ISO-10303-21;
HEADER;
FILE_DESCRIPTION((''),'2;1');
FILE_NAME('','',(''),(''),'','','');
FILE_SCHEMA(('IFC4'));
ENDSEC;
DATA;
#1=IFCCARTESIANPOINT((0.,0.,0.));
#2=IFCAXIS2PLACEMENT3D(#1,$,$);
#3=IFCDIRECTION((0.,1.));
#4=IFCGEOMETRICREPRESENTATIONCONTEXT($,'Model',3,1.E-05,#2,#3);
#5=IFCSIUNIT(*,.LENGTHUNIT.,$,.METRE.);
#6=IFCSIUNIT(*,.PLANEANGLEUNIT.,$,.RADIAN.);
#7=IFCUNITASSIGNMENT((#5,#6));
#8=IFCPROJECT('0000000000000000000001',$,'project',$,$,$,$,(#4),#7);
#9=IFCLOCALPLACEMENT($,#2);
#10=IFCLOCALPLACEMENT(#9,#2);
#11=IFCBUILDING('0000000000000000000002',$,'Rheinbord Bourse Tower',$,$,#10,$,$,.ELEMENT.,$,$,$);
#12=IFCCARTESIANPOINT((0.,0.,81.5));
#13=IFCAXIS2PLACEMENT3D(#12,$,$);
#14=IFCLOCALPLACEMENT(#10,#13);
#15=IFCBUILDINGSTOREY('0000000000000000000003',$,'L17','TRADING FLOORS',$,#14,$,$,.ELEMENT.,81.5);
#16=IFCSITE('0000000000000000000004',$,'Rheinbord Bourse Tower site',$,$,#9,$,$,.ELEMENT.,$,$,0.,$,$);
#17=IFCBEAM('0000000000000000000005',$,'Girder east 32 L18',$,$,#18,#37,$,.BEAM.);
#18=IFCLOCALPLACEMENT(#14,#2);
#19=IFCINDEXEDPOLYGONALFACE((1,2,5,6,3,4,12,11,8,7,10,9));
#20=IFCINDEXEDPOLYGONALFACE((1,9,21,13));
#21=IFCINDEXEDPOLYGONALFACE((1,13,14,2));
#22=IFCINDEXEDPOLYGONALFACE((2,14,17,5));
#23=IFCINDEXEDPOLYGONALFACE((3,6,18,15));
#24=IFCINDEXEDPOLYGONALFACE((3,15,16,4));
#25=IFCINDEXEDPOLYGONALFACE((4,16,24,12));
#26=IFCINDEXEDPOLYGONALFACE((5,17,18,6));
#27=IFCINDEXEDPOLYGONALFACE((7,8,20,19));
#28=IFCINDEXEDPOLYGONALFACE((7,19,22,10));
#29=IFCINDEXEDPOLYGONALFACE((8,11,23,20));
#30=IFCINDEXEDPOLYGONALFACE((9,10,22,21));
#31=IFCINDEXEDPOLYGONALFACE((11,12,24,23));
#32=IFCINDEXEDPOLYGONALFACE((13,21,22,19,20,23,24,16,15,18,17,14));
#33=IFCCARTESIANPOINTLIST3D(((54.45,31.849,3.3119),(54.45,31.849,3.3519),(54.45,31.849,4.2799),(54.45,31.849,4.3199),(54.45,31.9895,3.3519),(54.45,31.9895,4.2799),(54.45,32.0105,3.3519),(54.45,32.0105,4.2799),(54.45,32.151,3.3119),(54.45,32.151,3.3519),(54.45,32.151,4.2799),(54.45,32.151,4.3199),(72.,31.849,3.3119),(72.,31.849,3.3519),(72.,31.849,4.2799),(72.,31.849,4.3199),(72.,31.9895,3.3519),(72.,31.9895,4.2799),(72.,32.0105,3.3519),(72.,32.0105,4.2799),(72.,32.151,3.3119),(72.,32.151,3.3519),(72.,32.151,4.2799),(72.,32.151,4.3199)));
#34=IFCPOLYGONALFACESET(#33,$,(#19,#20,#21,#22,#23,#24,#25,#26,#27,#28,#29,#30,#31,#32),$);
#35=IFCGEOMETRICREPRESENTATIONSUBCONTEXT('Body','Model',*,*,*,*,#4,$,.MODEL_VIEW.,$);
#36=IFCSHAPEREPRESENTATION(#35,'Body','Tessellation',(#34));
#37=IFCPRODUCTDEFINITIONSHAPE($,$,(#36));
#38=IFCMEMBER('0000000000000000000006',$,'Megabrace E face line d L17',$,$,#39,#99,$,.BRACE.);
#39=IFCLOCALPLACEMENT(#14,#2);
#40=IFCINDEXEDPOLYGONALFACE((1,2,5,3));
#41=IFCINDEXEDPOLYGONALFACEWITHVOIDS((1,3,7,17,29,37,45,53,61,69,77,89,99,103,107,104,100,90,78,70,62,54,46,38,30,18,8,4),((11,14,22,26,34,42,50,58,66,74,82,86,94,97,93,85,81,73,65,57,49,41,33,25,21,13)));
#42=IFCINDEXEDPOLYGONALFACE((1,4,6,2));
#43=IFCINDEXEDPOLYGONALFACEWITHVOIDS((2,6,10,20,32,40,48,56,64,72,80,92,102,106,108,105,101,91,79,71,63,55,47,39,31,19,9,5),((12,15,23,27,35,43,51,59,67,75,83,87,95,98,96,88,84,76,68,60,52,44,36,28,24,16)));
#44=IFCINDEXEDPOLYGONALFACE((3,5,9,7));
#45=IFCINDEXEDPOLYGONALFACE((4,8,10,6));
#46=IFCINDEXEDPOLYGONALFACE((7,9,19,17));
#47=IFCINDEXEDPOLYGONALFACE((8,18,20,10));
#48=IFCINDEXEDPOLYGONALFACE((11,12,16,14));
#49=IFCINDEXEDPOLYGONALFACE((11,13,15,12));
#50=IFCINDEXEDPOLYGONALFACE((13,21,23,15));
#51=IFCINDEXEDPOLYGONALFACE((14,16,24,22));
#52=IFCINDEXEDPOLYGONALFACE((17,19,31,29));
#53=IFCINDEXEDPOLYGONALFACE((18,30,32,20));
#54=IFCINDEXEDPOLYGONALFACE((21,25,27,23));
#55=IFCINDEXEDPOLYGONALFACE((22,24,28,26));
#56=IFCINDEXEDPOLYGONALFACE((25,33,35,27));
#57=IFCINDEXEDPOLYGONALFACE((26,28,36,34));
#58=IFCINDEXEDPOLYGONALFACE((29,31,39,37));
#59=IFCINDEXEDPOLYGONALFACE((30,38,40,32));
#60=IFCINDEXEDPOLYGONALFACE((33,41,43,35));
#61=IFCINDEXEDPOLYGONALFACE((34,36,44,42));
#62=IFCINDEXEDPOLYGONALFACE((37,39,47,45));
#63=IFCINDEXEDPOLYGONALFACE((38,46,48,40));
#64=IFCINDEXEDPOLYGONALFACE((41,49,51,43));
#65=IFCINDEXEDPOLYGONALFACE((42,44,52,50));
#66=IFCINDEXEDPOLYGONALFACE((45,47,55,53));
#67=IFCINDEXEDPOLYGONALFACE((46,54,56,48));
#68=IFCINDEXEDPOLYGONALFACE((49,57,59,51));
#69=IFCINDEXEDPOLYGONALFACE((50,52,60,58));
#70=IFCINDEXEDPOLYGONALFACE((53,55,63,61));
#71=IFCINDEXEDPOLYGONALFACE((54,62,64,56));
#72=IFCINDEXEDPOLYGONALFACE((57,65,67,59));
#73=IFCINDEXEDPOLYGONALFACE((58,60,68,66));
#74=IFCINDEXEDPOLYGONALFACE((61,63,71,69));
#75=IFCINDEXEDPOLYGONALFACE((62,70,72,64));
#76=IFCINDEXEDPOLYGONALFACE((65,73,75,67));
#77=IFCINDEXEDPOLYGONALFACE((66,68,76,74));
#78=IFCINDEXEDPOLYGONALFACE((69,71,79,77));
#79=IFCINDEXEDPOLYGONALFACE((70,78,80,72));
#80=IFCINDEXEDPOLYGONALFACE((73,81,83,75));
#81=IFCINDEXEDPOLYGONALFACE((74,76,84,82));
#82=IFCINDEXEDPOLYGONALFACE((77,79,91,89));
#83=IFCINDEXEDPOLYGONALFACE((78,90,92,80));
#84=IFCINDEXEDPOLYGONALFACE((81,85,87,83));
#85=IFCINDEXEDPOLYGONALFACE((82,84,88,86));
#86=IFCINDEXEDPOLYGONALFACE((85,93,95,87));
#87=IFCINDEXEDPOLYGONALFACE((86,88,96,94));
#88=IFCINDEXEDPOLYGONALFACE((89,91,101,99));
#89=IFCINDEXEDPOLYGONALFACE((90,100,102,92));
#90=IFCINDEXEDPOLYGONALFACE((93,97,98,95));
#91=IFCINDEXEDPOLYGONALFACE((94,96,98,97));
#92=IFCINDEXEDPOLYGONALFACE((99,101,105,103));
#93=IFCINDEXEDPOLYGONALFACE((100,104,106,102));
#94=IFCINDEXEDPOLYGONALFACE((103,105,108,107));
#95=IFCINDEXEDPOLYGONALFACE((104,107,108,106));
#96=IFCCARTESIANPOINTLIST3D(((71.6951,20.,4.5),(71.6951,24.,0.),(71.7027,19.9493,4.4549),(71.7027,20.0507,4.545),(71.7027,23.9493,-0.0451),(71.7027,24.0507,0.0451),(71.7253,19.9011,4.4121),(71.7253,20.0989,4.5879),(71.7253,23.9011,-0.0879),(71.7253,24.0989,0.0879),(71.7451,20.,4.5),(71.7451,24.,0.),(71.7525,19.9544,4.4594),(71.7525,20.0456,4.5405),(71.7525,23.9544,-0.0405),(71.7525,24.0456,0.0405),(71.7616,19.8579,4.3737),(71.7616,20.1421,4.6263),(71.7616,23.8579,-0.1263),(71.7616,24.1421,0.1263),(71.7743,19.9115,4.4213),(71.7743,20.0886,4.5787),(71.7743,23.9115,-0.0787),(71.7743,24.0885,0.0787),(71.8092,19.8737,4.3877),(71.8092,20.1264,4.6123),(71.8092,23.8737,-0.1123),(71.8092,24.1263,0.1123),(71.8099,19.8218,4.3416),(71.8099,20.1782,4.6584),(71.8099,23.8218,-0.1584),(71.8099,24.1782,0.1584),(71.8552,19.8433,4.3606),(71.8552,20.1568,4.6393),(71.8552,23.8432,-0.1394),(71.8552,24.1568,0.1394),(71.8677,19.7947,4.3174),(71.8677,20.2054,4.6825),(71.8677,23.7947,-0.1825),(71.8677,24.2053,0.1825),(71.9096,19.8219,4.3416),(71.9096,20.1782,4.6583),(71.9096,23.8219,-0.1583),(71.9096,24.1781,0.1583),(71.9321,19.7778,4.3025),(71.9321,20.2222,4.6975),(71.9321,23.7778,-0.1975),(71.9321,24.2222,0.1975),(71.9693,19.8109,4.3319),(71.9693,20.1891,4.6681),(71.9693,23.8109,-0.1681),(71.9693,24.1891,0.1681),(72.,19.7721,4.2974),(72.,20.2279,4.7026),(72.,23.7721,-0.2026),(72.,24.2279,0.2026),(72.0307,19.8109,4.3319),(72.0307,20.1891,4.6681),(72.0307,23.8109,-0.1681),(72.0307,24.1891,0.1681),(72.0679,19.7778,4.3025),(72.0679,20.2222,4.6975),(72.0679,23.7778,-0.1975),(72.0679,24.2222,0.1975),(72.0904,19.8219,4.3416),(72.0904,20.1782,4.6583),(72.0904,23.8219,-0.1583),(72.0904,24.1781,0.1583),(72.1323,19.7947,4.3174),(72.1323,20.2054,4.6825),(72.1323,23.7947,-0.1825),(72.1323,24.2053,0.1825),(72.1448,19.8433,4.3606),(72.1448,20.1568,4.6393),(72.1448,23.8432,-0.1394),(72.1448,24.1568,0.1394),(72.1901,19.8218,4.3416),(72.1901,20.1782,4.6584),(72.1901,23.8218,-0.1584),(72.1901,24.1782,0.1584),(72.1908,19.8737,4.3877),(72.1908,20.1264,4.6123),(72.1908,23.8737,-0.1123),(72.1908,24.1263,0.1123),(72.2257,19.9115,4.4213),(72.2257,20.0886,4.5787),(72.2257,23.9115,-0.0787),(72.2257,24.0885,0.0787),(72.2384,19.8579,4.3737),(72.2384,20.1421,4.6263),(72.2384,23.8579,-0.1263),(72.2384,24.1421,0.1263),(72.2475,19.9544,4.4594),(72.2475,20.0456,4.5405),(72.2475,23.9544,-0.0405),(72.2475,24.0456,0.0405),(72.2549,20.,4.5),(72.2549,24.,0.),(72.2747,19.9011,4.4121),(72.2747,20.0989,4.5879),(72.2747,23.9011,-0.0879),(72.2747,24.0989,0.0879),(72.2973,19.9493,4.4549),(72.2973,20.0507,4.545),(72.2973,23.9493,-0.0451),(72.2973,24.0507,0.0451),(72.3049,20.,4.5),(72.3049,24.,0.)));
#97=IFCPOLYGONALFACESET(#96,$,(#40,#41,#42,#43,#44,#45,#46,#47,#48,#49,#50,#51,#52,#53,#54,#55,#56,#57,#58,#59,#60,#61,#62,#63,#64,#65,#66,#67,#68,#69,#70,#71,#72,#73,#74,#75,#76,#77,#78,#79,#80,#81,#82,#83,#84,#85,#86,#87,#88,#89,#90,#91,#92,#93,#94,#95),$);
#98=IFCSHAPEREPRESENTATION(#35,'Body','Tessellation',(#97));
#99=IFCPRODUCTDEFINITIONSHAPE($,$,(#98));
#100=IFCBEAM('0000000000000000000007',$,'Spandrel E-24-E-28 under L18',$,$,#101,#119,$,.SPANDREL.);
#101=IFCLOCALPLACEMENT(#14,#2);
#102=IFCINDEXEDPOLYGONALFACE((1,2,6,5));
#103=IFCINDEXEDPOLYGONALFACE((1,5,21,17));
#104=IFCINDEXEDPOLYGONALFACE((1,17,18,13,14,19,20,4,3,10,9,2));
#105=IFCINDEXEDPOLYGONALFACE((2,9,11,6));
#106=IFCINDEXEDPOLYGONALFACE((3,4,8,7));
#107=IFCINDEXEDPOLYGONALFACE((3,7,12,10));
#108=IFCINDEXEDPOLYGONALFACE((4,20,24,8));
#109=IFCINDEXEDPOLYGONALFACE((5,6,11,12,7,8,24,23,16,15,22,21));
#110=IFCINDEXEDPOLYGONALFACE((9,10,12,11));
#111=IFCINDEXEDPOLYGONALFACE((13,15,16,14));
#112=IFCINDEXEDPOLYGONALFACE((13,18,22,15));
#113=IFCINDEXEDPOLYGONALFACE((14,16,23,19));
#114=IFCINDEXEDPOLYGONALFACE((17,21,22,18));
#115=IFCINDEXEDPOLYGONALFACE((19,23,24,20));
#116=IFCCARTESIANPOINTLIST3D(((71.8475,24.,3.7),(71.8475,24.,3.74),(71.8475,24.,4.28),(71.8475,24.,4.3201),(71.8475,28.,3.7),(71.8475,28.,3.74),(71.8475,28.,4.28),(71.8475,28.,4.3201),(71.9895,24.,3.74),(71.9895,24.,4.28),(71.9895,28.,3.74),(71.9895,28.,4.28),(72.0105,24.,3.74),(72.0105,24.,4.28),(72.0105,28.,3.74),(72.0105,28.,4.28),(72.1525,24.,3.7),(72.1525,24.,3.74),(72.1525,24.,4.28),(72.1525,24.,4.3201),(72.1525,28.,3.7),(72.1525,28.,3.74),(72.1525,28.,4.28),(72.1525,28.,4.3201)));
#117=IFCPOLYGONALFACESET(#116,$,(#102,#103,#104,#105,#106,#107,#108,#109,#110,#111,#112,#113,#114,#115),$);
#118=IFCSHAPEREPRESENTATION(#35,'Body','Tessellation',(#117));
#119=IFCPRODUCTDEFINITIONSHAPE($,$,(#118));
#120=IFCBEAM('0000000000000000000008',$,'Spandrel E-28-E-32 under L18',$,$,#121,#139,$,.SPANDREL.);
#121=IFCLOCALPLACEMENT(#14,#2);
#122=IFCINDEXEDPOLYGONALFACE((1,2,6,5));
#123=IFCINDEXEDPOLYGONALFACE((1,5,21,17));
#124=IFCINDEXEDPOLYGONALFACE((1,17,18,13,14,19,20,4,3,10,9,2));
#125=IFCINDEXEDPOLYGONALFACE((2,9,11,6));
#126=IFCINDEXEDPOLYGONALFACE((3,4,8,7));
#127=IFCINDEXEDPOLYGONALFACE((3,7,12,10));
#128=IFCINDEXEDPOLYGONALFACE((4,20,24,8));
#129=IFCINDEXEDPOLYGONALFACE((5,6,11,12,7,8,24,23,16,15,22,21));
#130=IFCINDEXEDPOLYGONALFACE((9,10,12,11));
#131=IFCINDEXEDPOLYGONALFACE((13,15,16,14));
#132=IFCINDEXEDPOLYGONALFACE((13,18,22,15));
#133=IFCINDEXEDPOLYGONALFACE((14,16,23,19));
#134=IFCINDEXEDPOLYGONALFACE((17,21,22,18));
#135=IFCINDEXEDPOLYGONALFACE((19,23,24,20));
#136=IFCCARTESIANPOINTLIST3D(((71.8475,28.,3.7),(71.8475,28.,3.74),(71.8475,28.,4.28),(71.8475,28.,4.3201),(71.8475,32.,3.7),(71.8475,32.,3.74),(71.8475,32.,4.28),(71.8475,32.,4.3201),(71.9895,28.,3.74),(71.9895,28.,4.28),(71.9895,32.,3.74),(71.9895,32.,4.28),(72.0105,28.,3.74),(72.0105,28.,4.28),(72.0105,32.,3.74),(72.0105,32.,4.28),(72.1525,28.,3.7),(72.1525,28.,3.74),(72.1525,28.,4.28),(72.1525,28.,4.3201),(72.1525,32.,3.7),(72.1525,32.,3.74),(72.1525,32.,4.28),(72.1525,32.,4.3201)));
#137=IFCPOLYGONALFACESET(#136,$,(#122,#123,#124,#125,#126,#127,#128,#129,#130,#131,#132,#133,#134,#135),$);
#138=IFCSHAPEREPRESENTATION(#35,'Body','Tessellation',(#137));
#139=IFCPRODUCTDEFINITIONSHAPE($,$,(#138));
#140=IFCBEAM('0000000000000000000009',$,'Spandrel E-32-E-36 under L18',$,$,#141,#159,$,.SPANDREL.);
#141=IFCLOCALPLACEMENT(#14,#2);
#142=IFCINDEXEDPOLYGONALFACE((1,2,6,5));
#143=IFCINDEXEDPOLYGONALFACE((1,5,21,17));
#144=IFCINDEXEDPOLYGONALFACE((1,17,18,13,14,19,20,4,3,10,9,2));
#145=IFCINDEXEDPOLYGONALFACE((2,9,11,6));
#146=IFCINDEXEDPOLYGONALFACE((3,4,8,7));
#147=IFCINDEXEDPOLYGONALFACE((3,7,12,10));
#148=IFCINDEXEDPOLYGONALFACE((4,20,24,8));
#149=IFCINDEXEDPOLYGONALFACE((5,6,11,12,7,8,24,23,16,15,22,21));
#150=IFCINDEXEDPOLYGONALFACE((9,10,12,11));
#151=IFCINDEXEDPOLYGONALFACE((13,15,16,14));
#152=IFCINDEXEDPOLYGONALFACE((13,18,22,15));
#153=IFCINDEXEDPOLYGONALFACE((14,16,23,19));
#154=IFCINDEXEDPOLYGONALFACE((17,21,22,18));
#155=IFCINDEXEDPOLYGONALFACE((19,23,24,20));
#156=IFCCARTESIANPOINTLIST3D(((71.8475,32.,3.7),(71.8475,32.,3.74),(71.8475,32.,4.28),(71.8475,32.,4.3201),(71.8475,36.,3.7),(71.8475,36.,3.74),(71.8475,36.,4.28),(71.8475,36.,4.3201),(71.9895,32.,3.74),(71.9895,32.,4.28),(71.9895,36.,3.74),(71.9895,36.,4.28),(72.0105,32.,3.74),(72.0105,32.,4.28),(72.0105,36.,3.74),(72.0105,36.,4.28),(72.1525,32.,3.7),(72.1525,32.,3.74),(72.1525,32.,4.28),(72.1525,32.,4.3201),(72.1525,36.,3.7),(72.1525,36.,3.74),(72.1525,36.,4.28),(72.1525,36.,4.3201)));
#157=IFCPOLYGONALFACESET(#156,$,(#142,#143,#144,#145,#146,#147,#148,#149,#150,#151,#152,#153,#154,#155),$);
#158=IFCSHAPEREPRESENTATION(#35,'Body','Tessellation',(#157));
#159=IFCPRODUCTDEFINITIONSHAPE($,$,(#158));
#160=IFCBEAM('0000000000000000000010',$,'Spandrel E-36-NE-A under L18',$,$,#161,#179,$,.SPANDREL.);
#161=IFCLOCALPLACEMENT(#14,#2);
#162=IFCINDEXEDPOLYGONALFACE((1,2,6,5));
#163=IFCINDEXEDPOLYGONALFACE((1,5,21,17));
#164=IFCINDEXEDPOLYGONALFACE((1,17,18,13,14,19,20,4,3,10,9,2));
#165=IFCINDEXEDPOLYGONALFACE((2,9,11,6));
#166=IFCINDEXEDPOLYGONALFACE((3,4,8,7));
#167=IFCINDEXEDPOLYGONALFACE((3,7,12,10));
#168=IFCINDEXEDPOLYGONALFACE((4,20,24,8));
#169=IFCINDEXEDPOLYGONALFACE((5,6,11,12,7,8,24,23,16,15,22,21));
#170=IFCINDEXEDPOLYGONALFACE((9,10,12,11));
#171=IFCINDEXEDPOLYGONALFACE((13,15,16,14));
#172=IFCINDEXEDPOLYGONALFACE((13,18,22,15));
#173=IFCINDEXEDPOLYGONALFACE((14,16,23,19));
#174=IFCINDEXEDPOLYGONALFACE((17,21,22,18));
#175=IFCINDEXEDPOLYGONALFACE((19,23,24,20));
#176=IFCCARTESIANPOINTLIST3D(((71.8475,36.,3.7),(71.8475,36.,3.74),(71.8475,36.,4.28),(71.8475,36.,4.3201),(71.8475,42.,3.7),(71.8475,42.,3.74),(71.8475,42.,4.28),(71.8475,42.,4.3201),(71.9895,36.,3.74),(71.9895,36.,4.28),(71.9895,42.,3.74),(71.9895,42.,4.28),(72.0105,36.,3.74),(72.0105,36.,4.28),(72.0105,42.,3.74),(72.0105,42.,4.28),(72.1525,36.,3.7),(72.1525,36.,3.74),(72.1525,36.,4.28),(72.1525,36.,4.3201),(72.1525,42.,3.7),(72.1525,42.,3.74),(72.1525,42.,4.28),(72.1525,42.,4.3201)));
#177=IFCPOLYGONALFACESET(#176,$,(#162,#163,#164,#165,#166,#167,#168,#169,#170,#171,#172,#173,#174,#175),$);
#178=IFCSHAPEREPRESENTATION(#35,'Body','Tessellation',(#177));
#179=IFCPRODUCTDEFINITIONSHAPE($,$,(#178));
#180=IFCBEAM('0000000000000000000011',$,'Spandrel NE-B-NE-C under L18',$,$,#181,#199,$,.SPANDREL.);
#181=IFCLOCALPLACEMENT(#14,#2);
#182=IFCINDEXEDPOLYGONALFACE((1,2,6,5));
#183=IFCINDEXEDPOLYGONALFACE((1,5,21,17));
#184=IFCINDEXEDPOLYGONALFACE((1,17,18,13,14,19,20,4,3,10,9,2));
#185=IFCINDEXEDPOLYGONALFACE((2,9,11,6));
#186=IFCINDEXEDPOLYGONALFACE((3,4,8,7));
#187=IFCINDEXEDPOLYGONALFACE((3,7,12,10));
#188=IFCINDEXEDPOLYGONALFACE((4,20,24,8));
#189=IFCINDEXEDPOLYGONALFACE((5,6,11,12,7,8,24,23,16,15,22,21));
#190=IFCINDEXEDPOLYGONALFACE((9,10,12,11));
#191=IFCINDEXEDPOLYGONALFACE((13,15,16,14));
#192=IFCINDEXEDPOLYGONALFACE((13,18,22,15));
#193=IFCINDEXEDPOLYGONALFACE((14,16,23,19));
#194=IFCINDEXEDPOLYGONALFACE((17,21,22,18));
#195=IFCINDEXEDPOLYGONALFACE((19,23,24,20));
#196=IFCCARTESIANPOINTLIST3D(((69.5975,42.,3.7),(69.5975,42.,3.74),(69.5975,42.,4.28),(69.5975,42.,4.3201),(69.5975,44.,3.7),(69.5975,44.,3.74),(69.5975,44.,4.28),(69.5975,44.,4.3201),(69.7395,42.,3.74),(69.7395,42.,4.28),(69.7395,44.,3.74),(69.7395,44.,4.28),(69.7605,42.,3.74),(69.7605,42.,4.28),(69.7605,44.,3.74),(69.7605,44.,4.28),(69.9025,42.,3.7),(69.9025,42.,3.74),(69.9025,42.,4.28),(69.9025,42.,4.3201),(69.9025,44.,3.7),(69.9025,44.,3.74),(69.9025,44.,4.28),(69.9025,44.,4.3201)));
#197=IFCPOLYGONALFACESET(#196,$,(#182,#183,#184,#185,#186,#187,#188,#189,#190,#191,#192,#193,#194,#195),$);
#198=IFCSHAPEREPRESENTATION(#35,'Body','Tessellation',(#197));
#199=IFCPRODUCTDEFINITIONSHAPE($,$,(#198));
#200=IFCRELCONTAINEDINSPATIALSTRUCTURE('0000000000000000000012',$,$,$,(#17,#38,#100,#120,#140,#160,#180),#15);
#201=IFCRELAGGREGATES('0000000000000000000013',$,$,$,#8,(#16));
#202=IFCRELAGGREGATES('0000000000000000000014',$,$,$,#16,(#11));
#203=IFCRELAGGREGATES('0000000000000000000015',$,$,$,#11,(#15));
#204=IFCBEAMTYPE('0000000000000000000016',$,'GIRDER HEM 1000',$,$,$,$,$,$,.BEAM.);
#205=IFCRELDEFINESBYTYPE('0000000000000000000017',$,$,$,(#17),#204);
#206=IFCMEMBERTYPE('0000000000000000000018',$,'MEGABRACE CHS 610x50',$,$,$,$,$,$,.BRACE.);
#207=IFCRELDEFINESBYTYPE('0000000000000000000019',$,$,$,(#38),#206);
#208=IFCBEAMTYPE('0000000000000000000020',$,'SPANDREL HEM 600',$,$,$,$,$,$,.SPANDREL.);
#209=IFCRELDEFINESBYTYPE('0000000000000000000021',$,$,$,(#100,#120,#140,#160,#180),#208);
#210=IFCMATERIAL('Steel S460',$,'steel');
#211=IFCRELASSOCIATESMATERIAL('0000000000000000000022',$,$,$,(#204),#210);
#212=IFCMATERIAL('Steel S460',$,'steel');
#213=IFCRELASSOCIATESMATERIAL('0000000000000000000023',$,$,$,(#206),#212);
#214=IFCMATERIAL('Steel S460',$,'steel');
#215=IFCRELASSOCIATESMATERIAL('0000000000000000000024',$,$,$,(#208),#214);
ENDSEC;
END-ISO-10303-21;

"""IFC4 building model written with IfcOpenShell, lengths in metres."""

from ifc_helpers import new_model, si_unit, direction, frame, origin, origin_2d, place, context, subcontext, project, spatial, hollow_circle, i_section, extrude, material, material_profile, profile_set, type_object, element, save


model = new_model("IFC4")

# Units and contexts
model_context = context("Model", 3, precision=1e-05, world=origin(), true_north=direction((0.0, 1.0)))
body_context = subcontext(model_context, "Body", "Model", "MODEL_VIEW")
ifc_project = project(units=[si_unit("LENGTHUNIT", "METRE"), si_unit("PLANEANGLEUNIT", "RADIAN")], contexts=[model_context])

# Site, building, storey
site_placement = place(None, origin())
site = spatial("IfcSite", under=ifc_project, at=site_placement, Name="Rheinbord Bourse Tower site", CompositionType="ELEMENT", RefElevation=0.0)
building_placement = place(site_placement, origin())
building = spatial("IfcBuilding", under=site, at=building_placement, Name="Rheinbord Bourse Tower", CompositionType="ELEMENT")
storey_placement = place(building_placement, frame((0.0, 0.0, 81.5)))
storey = spatial("IfcBuildingStorey", under=building, at=storey_placement, Name="L17", Description="TRADING FLOORS", CompositionType="ELEMENT", Elevation=81.5)

# Beam
ifc_material_1 = material(Name="Steel S460", Category="steel")
ifc_material_profile_1 = material_profile(ifc_material_1, i_section(OverallWidth=0.302, OverallDepth=1.0081, WebThickness=0.021, FlangeThickness=0.04, at=origin_2d()), Name="HEM 1000")
ifc_profile_set_1 = profile_set([ifc_material_profile_1], Name="Steel S460")
beam_type_1 = type_object("IfcBeamType", Name="GIRDER HEM 1000", PredefinedType="BEAM", material=ifc_profile_set_1)
beam_1_placement = place(storey_placement, frame((54.45, 32.0, 3.8159), z_axis=(1.0, 0.0, 0.0), x_axis=(0.0, 1.0, 0.0)))
element("IfcBeam", 1, at=beam_1_placement, inside=storey, type_object=beam_type_1, Name="Girder east 32 L18", PredefinedType="BEAM", context=body_context, shape_type="SweptSolid", body=[
    extrude(i_section(OverallWidth=0.302, OverallDepth=1.0081, WebThickness=0.021, FlangeThickness=0.04, at=origin_2d()), origin(), (0.0, 0.0, 1.0), 17.55),
])

# Member
ifc_material_2 = material(Name="Steel S460", Category="steel")
ifc_material_profile_2 = material_profile(ifc_material_2, hollow_circle(Radius=0.3049, WallThickness=0.05, at=origin_2d()), Name="CHS 610x50")
ifc_profile_set_2 = profile_set([ifc_material_profile_2], Name="Steel S460")
member_type_1 = type_object("IfcMemberType", Name="MEGABRACE CHS 610x50", PredefinedType="BRACE", material=ifc_profile_set_2)
member_1_placement = place(storey_placement, frame((72.0, 24.0, 0.0), z_axis=(0.0, -0.664364, 0.747409), x_axis=(1.0, 0.0, 0.0)))
element("IfcMember", 2, at=member_1_placement, inside=storey, type_object=member_type_1, Name="Megabrace E face line d L17", PredefinedType="BRACE", context=body_context, shape_type="SweptSolid", body=[
    extrude(hollow_circle(Radius=0.3049, WallThickness=0.05, at=origin_2d()), origin(), (0.0, 0.0, 1.0), 6.0208),
])

# Beams
ifc_material_3 = material(Name="Steel S460", Category="steel")
ifc_material_profile_3 = material_profile(ifc_material_3, i_section(OverallWidth=0.3049, OverallDepth=0.6201, WebThickness=0.021, FlangeThickness=0.04, at=origin_2d()), Name="HEM 600")
ifc_profile_set_3 = profile_set([ifc_material_profile_3], Name="Steel S460")
beam_type_2 = type_object("IfcBeamType", Name="SPANDREL HEM 600", PredefinedType="SPANDREL", material=ifc_profile_set_3)
for number, where, z_axis, x_axis, name in (
    (3, (72.0, 24.0, 4.01), (0.0, 1.0, 0.0), (-1.0, 0.0, 0.0), "Spandrel E-24-E-28 under L18"),
    (4, (72.0, 28.0, 4.01), (0.0, 1.0, 0.0), (-1.0, 0.0, 0.0), "Spandrel E-28-E-32 under L18"),
    (5, (72.0, 32.0, 4.01), (0.0, 1.0, 0.0), (-1.0, 0.0, 0.0), "Spandrel E-32-E-36 under L18"),
):
    element("IfcBeam", number, at=place(storey_placement, frame(where, z_axis=z_axis, x_axis=x_axis)), inside=storey, type_object=beam_type_2, Name=name, PredefinedType="SPANDREL", context=body_context, shape_type="SweptSolid", body=[
        extrude(i_section(OverallWidth=0.3049, OverallDepth=0.6201, WebThickness=0.021, FlangeThickness=0.04, at=origin_2d()), origin(), (0.0, 0.0, 1.0), 4.0),
    ])
beam_2_placement = place(storey_placement, frame((72.0, 36.0, 4.01), z_axis=(0.0, 1.0, 0.0), x_axis=(-1.0, 0.0, 0.0)))
element("IfcBeam", 6, at=beam_2_placement, inside=storey, type_object=beam_type_2, Name="Spandrel E-36-NE-A under L18", PredefinedType="SPANDREL", context=body_context, shape_type="SweptSolid", body=[
    extrude(i_section(OverallWidth=0.3049, OverallDepth=0.6201, WebThickness=0.021, FlangeThickness=0.04, at=origin_2d()), origin(), (0.0, 0.0, 1.0), 6.0),
])
beam_3_placement = place(storey_placement, frame((69.75, 42.0, 4.01), z_axis=(0.0, 1.0, 0.0), x_axis=(-1.0, 0.0, 0.0)))
element("IfcBeam", 7, at=beam_3_placement, inside=storey, type_object=beam_type_2, Name="Spandrel NE-B-NE-C under L18", PredefinedType="SPANDREL", context=body_context, shape_type="SweptSolid", body=[
    extrude(i_section(OverallWidth=0.3049, OverallDepth=0.6201, WebThickness=0.021, FlangeThickness=0.04, at=origin_2d()), origin(), (0.0, 0.0, 1.0), 2.0),
])

save(model, "model.ifc")
